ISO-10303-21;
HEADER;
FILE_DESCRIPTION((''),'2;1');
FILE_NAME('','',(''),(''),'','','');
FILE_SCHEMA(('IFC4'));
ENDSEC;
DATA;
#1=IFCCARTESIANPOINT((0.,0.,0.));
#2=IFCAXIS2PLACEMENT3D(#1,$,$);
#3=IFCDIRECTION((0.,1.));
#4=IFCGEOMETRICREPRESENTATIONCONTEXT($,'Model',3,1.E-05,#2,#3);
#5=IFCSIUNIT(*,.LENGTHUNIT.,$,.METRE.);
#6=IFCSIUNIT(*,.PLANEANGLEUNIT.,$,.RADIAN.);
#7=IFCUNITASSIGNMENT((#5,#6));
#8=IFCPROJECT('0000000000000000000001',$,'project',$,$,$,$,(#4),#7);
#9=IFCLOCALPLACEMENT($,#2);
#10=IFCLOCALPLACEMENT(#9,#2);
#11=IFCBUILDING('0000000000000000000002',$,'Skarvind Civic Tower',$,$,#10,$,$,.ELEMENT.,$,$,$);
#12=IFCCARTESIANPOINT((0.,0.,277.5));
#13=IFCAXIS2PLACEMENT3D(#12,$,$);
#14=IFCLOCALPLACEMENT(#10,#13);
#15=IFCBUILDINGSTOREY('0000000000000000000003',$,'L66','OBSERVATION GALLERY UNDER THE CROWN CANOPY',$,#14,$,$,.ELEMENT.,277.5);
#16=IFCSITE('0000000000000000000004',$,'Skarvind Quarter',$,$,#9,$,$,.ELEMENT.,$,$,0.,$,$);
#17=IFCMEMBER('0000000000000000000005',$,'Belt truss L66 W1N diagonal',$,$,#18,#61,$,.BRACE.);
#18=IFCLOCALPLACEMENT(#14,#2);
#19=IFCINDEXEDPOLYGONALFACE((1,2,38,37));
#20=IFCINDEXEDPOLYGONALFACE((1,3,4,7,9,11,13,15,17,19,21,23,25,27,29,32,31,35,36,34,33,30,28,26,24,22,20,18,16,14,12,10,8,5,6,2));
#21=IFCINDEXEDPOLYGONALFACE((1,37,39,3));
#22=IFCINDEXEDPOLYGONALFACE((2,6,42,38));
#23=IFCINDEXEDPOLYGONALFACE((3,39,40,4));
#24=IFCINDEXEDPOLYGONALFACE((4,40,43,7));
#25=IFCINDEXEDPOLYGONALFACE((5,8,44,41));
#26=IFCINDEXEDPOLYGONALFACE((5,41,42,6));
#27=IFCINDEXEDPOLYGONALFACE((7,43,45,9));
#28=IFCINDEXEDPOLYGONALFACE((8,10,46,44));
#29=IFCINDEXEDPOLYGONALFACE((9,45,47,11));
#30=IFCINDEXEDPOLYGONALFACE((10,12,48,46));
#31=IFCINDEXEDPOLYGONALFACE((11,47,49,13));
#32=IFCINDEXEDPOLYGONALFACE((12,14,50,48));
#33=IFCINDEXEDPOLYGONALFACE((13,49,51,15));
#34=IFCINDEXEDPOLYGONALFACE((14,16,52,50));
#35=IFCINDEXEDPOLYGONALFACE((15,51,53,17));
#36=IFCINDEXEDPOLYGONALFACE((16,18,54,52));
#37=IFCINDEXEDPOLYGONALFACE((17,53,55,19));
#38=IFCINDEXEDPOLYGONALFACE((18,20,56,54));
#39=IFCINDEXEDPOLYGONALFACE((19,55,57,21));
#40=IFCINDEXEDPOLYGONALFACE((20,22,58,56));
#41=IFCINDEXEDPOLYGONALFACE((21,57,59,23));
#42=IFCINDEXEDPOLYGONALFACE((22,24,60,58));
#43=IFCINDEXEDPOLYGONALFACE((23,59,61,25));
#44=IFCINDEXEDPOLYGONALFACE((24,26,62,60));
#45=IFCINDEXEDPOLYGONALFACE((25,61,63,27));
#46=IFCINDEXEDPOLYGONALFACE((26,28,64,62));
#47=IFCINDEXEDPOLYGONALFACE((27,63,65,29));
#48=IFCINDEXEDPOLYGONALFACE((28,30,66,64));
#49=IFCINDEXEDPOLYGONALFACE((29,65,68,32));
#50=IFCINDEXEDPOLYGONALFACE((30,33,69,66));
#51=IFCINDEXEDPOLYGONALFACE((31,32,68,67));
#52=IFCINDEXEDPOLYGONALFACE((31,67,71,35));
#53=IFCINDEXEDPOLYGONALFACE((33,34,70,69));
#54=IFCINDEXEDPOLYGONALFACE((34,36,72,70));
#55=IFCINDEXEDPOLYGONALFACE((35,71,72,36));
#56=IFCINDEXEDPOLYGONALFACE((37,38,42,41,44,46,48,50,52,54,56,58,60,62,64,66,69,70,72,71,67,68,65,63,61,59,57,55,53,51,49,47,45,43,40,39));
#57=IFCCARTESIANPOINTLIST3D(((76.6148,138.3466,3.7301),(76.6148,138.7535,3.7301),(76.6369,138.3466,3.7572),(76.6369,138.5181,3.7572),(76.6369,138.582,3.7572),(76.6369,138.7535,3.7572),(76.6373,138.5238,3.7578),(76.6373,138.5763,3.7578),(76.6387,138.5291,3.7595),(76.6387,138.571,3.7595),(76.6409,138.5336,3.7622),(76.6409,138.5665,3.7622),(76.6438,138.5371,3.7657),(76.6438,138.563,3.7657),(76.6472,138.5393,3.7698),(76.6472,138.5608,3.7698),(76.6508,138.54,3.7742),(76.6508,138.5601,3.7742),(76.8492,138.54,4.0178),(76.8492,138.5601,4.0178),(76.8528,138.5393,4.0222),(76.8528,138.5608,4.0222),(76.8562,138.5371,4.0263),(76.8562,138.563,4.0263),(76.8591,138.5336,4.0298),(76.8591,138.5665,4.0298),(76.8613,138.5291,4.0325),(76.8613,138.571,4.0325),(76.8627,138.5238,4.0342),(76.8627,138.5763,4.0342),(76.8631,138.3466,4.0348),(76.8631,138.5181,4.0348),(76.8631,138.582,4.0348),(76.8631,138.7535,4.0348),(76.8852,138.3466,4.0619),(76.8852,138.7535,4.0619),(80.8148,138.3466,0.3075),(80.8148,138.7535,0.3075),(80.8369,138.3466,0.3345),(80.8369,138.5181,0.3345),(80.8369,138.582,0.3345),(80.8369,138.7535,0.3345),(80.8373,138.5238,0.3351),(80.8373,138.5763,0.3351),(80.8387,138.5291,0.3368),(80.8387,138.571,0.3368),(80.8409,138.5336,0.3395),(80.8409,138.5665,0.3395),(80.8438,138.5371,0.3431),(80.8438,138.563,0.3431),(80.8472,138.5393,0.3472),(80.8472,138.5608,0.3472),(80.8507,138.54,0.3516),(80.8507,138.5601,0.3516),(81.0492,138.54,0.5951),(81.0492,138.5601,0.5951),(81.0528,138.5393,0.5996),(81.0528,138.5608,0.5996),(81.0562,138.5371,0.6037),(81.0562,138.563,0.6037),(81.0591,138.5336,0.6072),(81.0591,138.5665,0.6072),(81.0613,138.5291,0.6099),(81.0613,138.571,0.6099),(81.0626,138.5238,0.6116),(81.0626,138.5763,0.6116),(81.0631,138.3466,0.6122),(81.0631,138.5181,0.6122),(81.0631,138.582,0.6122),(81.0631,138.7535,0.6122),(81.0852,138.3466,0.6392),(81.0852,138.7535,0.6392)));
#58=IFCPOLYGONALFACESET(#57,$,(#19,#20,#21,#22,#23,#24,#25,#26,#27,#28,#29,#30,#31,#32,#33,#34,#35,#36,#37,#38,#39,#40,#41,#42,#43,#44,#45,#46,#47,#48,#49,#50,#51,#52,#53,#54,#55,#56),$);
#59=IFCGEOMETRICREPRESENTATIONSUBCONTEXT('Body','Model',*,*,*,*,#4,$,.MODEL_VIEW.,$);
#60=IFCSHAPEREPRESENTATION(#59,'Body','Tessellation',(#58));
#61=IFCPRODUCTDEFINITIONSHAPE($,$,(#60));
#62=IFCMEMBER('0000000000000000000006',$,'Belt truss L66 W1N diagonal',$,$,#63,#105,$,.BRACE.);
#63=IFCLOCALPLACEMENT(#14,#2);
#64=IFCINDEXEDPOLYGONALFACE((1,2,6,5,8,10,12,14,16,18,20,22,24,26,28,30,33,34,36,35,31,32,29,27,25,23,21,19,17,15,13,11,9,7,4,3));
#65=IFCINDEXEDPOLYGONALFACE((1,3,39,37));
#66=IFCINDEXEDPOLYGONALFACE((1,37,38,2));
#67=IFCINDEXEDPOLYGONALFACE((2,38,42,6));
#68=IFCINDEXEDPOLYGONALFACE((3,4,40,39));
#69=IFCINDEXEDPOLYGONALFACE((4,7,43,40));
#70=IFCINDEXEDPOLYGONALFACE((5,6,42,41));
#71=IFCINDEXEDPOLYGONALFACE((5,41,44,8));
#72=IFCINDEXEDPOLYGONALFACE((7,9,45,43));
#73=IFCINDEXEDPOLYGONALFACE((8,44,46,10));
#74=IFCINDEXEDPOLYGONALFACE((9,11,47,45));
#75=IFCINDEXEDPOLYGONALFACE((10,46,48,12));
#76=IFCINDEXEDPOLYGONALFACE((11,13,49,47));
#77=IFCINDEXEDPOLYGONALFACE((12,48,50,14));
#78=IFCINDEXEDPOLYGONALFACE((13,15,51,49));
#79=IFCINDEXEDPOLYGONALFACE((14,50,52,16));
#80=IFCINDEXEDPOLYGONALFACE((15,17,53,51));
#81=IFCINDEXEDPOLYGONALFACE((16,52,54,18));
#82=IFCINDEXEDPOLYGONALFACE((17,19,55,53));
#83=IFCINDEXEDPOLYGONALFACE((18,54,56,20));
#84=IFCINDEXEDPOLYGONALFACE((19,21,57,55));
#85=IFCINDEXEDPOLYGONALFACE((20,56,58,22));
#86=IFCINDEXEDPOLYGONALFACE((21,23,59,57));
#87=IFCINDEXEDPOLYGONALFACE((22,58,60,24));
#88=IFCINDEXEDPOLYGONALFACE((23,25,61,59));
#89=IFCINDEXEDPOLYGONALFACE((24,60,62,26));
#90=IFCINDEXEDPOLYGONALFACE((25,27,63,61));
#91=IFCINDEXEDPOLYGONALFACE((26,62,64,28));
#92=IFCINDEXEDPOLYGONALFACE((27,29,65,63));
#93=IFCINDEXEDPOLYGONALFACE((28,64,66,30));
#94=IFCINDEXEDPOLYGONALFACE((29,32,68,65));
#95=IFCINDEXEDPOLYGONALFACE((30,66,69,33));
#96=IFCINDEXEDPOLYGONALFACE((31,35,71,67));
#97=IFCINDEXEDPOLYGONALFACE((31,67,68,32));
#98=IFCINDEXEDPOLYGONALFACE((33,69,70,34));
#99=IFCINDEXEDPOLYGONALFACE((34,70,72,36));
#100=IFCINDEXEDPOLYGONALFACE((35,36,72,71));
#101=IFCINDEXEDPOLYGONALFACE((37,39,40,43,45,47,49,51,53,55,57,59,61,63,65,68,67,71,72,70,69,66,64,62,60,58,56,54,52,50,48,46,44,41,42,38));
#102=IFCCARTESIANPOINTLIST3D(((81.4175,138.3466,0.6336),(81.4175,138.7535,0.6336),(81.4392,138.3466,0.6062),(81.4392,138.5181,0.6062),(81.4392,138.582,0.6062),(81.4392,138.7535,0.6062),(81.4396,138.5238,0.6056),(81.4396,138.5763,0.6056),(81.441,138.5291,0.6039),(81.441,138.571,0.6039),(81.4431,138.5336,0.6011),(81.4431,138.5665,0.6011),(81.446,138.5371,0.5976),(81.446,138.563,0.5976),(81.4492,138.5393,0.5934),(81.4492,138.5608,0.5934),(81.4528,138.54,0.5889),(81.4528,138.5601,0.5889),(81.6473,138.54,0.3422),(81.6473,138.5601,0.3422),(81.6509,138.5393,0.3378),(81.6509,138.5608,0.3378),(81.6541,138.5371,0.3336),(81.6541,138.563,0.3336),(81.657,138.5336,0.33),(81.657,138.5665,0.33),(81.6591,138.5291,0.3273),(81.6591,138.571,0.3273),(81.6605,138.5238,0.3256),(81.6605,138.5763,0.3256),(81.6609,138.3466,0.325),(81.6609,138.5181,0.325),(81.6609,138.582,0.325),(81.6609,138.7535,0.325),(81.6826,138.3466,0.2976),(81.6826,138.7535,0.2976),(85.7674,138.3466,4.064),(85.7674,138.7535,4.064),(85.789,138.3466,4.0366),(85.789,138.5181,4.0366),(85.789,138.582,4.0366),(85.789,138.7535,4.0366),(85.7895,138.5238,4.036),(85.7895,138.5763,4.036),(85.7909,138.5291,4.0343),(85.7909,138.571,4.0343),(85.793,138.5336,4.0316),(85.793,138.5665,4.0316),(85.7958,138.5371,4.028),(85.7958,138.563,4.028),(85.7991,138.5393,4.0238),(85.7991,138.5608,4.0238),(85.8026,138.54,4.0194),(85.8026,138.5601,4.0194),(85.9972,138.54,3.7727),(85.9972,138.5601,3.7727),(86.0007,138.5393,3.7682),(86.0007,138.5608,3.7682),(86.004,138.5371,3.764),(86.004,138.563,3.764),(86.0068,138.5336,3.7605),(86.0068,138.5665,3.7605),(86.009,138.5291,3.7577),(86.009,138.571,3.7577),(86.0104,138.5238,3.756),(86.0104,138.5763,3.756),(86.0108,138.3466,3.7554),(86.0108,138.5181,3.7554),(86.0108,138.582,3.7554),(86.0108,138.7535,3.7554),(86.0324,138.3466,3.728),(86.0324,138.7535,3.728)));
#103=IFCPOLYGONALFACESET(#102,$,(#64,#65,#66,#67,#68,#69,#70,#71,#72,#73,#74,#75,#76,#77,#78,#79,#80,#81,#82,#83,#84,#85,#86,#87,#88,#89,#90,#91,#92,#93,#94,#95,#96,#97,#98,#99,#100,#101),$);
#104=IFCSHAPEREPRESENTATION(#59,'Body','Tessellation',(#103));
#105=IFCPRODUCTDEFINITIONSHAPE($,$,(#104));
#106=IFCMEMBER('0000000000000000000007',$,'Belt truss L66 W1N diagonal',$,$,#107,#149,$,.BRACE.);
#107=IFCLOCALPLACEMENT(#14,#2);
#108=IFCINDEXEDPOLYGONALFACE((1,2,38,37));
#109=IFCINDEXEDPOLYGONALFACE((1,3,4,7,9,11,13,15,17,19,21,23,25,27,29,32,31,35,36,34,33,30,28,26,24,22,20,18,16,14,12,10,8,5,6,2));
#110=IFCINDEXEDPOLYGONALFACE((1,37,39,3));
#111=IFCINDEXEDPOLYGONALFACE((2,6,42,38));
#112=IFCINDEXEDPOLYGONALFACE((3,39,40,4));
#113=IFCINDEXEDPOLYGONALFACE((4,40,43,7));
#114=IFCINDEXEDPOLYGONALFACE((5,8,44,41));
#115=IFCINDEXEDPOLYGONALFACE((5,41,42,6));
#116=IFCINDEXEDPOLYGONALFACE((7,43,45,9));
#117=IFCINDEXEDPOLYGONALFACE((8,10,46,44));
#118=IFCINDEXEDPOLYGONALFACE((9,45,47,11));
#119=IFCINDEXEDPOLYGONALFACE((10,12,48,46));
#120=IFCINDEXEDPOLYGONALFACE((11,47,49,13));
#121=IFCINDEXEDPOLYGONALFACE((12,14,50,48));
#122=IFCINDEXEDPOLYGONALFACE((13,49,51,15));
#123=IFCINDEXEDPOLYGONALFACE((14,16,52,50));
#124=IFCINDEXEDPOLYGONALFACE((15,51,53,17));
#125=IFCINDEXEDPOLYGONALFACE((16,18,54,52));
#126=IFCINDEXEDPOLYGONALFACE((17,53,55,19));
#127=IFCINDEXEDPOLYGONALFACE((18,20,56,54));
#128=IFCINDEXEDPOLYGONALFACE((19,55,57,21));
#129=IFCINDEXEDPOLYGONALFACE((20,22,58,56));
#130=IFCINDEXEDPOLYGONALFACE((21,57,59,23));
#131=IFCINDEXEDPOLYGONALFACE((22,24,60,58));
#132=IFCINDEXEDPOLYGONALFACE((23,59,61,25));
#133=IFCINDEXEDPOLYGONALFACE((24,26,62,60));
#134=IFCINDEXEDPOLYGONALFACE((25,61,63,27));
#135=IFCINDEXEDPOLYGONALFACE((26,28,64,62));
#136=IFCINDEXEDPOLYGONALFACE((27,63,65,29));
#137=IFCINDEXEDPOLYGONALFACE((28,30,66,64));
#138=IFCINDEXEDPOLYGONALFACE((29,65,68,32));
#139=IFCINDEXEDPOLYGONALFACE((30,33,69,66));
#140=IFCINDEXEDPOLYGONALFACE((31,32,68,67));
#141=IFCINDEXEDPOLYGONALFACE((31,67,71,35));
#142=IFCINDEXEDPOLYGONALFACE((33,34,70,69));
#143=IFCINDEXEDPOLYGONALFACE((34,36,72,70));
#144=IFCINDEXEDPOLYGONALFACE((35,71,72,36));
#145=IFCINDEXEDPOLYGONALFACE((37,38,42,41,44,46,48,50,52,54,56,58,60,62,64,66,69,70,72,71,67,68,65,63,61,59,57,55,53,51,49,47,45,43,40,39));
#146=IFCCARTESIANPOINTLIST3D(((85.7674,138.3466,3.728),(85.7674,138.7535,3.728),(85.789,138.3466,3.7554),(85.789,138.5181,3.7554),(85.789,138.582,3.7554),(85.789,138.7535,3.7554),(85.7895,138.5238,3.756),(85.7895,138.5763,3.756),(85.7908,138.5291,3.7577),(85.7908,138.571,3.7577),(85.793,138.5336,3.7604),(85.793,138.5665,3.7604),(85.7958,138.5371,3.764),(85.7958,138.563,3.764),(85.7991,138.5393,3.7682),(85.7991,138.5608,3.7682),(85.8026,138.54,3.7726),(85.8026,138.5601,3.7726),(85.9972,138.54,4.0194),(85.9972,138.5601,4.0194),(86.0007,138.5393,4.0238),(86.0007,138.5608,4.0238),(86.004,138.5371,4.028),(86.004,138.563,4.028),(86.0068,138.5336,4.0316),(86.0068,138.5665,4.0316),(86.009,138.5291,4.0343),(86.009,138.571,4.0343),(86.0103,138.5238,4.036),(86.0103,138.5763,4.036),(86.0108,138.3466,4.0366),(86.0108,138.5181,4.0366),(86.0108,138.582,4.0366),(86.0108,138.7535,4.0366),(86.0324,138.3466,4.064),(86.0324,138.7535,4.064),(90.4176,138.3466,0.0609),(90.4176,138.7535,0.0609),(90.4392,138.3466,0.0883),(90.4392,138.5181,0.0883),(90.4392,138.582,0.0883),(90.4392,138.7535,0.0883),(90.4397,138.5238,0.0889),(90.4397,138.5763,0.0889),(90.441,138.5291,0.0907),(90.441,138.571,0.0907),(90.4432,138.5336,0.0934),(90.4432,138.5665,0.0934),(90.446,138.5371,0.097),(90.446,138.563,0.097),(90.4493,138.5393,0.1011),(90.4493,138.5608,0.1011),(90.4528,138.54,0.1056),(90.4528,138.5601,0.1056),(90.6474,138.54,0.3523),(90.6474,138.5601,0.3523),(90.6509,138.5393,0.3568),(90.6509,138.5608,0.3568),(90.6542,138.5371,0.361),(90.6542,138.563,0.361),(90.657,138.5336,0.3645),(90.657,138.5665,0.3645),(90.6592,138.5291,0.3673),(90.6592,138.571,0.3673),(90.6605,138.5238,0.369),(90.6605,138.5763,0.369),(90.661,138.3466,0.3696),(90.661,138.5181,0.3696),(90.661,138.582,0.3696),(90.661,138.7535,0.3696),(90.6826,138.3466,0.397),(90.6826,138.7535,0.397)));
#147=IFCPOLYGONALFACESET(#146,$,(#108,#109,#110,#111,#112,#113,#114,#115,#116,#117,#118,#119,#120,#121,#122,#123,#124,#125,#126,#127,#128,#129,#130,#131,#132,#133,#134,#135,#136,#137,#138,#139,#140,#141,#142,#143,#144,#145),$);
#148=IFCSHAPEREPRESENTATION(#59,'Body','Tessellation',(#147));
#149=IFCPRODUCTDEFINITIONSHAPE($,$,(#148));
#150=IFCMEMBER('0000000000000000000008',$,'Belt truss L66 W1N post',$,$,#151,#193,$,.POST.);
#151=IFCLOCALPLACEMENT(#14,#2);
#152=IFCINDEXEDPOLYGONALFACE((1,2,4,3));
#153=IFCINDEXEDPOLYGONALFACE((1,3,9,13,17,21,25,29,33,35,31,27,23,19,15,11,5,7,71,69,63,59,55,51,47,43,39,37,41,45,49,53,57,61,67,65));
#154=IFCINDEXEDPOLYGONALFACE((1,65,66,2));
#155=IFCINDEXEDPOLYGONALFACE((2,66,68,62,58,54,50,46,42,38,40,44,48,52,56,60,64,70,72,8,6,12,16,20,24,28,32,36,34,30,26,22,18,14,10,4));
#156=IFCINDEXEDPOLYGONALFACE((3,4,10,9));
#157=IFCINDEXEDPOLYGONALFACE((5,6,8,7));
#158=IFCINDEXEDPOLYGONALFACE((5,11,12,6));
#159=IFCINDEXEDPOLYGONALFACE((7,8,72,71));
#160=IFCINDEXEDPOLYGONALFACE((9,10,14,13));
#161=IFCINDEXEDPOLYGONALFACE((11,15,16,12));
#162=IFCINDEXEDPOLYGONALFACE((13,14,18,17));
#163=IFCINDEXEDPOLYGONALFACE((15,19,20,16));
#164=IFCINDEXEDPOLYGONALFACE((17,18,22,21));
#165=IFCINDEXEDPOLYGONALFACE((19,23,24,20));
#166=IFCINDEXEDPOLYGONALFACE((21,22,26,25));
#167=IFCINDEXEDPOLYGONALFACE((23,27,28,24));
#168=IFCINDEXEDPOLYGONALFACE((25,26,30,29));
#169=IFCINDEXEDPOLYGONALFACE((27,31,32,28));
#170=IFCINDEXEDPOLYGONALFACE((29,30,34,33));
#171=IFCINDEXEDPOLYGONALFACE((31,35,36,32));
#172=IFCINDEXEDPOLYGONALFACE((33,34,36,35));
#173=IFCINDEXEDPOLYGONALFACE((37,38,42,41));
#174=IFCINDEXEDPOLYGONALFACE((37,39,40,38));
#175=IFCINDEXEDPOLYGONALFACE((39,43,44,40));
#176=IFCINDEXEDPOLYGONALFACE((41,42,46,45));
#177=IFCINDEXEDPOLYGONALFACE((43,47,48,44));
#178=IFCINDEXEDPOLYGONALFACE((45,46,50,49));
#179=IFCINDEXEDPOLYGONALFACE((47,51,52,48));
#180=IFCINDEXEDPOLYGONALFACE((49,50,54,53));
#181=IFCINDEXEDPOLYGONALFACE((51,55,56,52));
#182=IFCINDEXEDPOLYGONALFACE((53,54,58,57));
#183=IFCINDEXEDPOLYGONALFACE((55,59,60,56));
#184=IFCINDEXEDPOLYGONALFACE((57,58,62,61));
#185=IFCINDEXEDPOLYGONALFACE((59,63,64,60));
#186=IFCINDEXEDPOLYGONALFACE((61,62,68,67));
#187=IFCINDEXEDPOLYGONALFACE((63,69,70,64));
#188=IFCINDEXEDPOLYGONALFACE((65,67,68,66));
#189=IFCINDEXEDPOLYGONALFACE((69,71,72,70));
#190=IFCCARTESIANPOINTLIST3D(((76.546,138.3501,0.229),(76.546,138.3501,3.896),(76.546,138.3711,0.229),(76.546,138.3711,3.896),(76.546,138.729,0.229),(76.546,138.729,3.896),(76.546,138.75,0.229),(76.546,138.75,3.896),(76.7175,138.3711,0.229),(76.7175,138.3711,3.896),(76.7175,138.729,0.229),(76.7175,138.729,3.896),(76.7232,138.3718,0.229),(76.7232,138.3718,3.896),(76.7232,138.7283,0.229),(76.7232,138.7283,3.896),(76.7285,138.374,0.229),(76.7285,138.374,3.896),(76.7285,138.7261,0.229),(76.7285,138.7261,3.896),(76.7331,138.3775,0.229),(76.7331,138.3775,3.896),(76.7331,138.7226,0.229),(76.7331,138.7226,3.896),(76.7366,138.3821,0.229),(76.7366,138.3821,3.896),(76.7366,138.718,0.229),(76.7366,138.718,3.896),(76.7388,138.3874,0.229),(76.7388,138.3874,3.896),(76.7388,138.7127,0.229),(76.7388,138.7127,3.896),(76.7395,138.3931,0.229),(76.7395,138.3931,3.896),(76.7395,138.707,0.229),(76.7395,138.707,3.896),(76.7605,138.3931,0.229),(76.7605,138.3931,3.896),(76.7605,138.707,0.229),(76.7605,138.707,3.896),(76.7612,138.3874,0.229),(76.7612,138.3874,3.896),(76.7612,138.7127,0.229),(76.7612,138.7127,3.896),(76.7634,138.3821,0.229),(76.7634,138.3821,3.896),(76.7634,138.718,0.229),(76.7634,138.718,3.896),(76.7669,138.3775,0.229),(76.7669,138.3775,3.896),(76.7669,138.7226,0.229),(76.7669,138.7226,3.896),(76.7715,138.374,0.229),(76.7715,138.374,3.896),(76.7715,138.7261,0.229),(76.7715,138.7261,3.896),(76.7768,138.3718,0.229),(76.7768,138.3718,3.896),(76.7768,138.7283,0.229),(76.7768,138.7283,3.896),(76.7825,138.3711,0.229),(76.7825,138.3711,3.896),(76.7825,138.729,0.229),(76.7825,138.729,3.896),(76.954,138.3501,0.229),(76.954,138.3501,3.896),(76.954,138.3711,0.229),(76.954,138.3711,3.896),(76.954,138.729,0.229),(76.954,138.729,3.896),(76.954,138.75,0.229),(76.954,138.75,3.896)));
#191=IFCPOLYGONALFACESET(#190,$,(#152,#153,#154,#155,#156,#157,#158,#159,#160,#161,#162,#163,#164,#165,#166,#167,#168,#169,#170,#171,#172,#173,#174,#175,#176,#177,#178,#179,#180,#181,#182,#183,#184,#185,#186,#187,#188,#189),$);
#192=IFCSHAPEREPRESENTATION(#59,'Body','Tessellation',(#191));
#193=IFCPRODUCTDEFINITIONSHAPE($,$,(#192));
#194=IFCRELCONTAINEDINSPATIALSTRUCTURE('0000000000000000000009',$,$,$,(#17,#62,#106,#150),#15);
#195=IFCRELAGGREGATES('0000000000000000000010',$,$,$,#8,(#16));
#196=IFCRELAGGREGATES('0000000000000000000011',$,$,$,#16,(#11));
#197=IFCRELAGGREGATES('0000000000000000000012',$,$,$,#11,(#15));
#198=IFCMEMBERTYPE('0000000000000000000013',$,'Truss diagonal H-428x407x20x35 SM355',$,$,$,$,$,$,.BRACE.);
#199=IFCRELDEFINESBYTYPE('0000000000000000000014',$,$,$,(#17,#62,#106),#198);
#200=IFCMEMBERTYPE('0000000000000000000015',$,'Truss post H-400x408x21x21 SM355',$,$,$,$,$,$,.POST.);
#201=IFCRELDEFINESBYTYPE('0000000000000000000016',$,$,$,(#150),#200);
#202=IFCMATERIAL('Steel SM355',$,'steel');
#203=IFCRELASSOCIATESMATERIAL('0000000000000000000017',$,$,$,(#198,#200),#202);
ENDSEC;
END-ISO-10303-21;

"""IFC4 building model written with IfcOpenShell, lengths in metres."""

from ifc_helpers import new_model, si_unit, direction, frame, origin, origin_2d, place, context, subcontext, project, spatial, i_section, extrude, material, material_profile, profile_set, type_object, element, save


model = new_model("IFC4")

# Units and contexts
model_context = context("Model", 3, precision=1e-05, world=origin(), true_north=direction((0.0, 1.0)))
body_context = subcontext(model_context, "Body", "Model", "MODEL_VIEW")
ifc_project = project(units=[si_unit("LENGTHUNIT", "METRE"), si_unit("PLANEANGLEUNIT", "RADIAN")], contexts=[model_context])

# Site, building, storey
site_placement = place(None, origin())
site = spatial("IfcSite", under=ifc_project, at=site_placement, Name="Skarvind Quarter", CompositionType="ELEMENT", RefElevation=0.0)
building_placement = place(site_placement, origin())
building = spatial("IfcBuilding", under=site, at=building_placement, Name="Skarvind Civic Tower", CompositionType="ELEMENT")
storey_placement = place(building_placement, frame((0.0, 0.0, 277.5)))
storey = spatial("IfcBuildingStorey", under=building, at=storey_placement, Name="L66", Description="OBSERVATION GALLERY UNDER THE CROWN CANOPY", CompositionType="ELEMENT", Elevation=277.5)

# Members
ifc_material_1 = material(Name="Steel SM355", Category="steel")
ifc_material_profile_1 = material_profile(ifc_material_1, i_section(OverallWidth=0.407, OverallDepth=0.428, WebThickness=0.02, FlangeThickness=0.0349, FilletRadius=0.022, at=origin_2d()), Name="H-428x407x20x35")
ifc_profile_set_1 = profile_set([ifc_material_profile_1], Name="Steel SM355")
member_type_1 = type_object("IfcMemberType", Name="Truss diagonal H-428x407x20x35 SM355", PredefinedType="BRACE", material=ifc_profile_set_1)
for number, where, z_axis, x_axis, name in (
    (1, (76.75, 138.55, 3.896), (0.775197, 0.0, -0.63172), (0.0, 1.0, 0.0), "Belt truss L66 W1N diagonal"),
):
    element("IfcMember", number, at=place(storey_placement, frame(where, z_axis=z_axis, x_axis=x_axis)), inside=storey, type_object=member_type_1, Name=name, PredefinedType="BRACE", context=body_context, shape_type="SweptSolid", body=[
        extrude(i_section(OverallWidth=0.407, OverallDepth=0.428, WebThickness=0.02, FlangeThickness=0.0349, FilletRadius=0.022, at=origin_2d()), origin(), (0.0, 0.0, 1.0), 5.418),
    ])
member_1_placement = place(storey_placement, frame((81.55, 138.55, 0.4656), z_axis=(0.785205, 0.0, 0.619236), x_axis=(0.0, 1.0, 0.0)))
element("IfcMember", 2, at=member_1_placement, inside=storey, type_object=member_type_1, Name="Belt truss L66 W1N diagonal", PredefinedType="BRACE", context=body_context, shape_type="SweptSolid", body=[
    extrude(i_section(OverallWidth=0.407, OverallDepth=0.428, WebThickness=0.02, FlangeThickness=0.0349, FilletRadius=0.022, at=origin_2d()), origin(), (0.0, 0.0, 1.0), 5.5398),
])
member_2_placement = place(storey_placement, frame((85.8999, 138.55, 3.896), z_axis=(0.785226, 0.0, -0.61921), x_axis=(0.0, 1.0, 0.0)))
element("IfcMember", 3, at=member_2_placement, inside=storey, type_object=member_type_1, Name="Belt truss L66 W1N diagonal", PredefinedType="BRACE", context=body_context, shape_type="SweptSolid", body=[
    extrude(i_section(OverallWidth=0.407, OverallDepth=0.428, WebThickness=0.02, FlangeThickness=0.0349, FilletRadius=0.022, at=origin_2d()), origin(), (0.0, 0.0, 1.0), 5.9221),
])
ifc_material_profile_2 = material_profile(ifc_material_1, i_section(OverallWidth=0.408, OverallDepth=0.3999, WebThickness=0.021, FlangeThickness=0.021, FilletRadius=0.022, at=origin_2d()), Name="H-400x408x21x21")
ifc_profile_set_2 = profile_set([ifc_material_profile_2], Name="Steel SM355")
member_type_2 = type_object("IfcMemberType", Name="Truss post H-400x408x21x21 SM355", PredefinedType="POST", material=ifc_profile_set_2)
for number, where, z_axis, x_axis, name in (
    (4, (76.75, 138.55, 0.229), (0.0, 0.0, 1.0), (1.0, 0.0, 0.0), "Belt truss L66 W1N post"),
):
    element("IfcMember", number, at=place(storey_placement, frame(where, z_axis=z_axis, x_axis=x_axis)), inside=storey, type_object=member_type_2, Name=name, PredefinedType="POST", context=body_context, shape_type="SweptSolid", body=[
        extrude(i_section(OverallWidth=0.408, OverallDepth=0.3999, WebThickness=0.021, FlangeThickness=0.021, FilletRadius=0.022, at=origin_2d()), origin(), (0.0, 0.0, 1.0), 3.667),
    ])

save(model, "model.ifc")
